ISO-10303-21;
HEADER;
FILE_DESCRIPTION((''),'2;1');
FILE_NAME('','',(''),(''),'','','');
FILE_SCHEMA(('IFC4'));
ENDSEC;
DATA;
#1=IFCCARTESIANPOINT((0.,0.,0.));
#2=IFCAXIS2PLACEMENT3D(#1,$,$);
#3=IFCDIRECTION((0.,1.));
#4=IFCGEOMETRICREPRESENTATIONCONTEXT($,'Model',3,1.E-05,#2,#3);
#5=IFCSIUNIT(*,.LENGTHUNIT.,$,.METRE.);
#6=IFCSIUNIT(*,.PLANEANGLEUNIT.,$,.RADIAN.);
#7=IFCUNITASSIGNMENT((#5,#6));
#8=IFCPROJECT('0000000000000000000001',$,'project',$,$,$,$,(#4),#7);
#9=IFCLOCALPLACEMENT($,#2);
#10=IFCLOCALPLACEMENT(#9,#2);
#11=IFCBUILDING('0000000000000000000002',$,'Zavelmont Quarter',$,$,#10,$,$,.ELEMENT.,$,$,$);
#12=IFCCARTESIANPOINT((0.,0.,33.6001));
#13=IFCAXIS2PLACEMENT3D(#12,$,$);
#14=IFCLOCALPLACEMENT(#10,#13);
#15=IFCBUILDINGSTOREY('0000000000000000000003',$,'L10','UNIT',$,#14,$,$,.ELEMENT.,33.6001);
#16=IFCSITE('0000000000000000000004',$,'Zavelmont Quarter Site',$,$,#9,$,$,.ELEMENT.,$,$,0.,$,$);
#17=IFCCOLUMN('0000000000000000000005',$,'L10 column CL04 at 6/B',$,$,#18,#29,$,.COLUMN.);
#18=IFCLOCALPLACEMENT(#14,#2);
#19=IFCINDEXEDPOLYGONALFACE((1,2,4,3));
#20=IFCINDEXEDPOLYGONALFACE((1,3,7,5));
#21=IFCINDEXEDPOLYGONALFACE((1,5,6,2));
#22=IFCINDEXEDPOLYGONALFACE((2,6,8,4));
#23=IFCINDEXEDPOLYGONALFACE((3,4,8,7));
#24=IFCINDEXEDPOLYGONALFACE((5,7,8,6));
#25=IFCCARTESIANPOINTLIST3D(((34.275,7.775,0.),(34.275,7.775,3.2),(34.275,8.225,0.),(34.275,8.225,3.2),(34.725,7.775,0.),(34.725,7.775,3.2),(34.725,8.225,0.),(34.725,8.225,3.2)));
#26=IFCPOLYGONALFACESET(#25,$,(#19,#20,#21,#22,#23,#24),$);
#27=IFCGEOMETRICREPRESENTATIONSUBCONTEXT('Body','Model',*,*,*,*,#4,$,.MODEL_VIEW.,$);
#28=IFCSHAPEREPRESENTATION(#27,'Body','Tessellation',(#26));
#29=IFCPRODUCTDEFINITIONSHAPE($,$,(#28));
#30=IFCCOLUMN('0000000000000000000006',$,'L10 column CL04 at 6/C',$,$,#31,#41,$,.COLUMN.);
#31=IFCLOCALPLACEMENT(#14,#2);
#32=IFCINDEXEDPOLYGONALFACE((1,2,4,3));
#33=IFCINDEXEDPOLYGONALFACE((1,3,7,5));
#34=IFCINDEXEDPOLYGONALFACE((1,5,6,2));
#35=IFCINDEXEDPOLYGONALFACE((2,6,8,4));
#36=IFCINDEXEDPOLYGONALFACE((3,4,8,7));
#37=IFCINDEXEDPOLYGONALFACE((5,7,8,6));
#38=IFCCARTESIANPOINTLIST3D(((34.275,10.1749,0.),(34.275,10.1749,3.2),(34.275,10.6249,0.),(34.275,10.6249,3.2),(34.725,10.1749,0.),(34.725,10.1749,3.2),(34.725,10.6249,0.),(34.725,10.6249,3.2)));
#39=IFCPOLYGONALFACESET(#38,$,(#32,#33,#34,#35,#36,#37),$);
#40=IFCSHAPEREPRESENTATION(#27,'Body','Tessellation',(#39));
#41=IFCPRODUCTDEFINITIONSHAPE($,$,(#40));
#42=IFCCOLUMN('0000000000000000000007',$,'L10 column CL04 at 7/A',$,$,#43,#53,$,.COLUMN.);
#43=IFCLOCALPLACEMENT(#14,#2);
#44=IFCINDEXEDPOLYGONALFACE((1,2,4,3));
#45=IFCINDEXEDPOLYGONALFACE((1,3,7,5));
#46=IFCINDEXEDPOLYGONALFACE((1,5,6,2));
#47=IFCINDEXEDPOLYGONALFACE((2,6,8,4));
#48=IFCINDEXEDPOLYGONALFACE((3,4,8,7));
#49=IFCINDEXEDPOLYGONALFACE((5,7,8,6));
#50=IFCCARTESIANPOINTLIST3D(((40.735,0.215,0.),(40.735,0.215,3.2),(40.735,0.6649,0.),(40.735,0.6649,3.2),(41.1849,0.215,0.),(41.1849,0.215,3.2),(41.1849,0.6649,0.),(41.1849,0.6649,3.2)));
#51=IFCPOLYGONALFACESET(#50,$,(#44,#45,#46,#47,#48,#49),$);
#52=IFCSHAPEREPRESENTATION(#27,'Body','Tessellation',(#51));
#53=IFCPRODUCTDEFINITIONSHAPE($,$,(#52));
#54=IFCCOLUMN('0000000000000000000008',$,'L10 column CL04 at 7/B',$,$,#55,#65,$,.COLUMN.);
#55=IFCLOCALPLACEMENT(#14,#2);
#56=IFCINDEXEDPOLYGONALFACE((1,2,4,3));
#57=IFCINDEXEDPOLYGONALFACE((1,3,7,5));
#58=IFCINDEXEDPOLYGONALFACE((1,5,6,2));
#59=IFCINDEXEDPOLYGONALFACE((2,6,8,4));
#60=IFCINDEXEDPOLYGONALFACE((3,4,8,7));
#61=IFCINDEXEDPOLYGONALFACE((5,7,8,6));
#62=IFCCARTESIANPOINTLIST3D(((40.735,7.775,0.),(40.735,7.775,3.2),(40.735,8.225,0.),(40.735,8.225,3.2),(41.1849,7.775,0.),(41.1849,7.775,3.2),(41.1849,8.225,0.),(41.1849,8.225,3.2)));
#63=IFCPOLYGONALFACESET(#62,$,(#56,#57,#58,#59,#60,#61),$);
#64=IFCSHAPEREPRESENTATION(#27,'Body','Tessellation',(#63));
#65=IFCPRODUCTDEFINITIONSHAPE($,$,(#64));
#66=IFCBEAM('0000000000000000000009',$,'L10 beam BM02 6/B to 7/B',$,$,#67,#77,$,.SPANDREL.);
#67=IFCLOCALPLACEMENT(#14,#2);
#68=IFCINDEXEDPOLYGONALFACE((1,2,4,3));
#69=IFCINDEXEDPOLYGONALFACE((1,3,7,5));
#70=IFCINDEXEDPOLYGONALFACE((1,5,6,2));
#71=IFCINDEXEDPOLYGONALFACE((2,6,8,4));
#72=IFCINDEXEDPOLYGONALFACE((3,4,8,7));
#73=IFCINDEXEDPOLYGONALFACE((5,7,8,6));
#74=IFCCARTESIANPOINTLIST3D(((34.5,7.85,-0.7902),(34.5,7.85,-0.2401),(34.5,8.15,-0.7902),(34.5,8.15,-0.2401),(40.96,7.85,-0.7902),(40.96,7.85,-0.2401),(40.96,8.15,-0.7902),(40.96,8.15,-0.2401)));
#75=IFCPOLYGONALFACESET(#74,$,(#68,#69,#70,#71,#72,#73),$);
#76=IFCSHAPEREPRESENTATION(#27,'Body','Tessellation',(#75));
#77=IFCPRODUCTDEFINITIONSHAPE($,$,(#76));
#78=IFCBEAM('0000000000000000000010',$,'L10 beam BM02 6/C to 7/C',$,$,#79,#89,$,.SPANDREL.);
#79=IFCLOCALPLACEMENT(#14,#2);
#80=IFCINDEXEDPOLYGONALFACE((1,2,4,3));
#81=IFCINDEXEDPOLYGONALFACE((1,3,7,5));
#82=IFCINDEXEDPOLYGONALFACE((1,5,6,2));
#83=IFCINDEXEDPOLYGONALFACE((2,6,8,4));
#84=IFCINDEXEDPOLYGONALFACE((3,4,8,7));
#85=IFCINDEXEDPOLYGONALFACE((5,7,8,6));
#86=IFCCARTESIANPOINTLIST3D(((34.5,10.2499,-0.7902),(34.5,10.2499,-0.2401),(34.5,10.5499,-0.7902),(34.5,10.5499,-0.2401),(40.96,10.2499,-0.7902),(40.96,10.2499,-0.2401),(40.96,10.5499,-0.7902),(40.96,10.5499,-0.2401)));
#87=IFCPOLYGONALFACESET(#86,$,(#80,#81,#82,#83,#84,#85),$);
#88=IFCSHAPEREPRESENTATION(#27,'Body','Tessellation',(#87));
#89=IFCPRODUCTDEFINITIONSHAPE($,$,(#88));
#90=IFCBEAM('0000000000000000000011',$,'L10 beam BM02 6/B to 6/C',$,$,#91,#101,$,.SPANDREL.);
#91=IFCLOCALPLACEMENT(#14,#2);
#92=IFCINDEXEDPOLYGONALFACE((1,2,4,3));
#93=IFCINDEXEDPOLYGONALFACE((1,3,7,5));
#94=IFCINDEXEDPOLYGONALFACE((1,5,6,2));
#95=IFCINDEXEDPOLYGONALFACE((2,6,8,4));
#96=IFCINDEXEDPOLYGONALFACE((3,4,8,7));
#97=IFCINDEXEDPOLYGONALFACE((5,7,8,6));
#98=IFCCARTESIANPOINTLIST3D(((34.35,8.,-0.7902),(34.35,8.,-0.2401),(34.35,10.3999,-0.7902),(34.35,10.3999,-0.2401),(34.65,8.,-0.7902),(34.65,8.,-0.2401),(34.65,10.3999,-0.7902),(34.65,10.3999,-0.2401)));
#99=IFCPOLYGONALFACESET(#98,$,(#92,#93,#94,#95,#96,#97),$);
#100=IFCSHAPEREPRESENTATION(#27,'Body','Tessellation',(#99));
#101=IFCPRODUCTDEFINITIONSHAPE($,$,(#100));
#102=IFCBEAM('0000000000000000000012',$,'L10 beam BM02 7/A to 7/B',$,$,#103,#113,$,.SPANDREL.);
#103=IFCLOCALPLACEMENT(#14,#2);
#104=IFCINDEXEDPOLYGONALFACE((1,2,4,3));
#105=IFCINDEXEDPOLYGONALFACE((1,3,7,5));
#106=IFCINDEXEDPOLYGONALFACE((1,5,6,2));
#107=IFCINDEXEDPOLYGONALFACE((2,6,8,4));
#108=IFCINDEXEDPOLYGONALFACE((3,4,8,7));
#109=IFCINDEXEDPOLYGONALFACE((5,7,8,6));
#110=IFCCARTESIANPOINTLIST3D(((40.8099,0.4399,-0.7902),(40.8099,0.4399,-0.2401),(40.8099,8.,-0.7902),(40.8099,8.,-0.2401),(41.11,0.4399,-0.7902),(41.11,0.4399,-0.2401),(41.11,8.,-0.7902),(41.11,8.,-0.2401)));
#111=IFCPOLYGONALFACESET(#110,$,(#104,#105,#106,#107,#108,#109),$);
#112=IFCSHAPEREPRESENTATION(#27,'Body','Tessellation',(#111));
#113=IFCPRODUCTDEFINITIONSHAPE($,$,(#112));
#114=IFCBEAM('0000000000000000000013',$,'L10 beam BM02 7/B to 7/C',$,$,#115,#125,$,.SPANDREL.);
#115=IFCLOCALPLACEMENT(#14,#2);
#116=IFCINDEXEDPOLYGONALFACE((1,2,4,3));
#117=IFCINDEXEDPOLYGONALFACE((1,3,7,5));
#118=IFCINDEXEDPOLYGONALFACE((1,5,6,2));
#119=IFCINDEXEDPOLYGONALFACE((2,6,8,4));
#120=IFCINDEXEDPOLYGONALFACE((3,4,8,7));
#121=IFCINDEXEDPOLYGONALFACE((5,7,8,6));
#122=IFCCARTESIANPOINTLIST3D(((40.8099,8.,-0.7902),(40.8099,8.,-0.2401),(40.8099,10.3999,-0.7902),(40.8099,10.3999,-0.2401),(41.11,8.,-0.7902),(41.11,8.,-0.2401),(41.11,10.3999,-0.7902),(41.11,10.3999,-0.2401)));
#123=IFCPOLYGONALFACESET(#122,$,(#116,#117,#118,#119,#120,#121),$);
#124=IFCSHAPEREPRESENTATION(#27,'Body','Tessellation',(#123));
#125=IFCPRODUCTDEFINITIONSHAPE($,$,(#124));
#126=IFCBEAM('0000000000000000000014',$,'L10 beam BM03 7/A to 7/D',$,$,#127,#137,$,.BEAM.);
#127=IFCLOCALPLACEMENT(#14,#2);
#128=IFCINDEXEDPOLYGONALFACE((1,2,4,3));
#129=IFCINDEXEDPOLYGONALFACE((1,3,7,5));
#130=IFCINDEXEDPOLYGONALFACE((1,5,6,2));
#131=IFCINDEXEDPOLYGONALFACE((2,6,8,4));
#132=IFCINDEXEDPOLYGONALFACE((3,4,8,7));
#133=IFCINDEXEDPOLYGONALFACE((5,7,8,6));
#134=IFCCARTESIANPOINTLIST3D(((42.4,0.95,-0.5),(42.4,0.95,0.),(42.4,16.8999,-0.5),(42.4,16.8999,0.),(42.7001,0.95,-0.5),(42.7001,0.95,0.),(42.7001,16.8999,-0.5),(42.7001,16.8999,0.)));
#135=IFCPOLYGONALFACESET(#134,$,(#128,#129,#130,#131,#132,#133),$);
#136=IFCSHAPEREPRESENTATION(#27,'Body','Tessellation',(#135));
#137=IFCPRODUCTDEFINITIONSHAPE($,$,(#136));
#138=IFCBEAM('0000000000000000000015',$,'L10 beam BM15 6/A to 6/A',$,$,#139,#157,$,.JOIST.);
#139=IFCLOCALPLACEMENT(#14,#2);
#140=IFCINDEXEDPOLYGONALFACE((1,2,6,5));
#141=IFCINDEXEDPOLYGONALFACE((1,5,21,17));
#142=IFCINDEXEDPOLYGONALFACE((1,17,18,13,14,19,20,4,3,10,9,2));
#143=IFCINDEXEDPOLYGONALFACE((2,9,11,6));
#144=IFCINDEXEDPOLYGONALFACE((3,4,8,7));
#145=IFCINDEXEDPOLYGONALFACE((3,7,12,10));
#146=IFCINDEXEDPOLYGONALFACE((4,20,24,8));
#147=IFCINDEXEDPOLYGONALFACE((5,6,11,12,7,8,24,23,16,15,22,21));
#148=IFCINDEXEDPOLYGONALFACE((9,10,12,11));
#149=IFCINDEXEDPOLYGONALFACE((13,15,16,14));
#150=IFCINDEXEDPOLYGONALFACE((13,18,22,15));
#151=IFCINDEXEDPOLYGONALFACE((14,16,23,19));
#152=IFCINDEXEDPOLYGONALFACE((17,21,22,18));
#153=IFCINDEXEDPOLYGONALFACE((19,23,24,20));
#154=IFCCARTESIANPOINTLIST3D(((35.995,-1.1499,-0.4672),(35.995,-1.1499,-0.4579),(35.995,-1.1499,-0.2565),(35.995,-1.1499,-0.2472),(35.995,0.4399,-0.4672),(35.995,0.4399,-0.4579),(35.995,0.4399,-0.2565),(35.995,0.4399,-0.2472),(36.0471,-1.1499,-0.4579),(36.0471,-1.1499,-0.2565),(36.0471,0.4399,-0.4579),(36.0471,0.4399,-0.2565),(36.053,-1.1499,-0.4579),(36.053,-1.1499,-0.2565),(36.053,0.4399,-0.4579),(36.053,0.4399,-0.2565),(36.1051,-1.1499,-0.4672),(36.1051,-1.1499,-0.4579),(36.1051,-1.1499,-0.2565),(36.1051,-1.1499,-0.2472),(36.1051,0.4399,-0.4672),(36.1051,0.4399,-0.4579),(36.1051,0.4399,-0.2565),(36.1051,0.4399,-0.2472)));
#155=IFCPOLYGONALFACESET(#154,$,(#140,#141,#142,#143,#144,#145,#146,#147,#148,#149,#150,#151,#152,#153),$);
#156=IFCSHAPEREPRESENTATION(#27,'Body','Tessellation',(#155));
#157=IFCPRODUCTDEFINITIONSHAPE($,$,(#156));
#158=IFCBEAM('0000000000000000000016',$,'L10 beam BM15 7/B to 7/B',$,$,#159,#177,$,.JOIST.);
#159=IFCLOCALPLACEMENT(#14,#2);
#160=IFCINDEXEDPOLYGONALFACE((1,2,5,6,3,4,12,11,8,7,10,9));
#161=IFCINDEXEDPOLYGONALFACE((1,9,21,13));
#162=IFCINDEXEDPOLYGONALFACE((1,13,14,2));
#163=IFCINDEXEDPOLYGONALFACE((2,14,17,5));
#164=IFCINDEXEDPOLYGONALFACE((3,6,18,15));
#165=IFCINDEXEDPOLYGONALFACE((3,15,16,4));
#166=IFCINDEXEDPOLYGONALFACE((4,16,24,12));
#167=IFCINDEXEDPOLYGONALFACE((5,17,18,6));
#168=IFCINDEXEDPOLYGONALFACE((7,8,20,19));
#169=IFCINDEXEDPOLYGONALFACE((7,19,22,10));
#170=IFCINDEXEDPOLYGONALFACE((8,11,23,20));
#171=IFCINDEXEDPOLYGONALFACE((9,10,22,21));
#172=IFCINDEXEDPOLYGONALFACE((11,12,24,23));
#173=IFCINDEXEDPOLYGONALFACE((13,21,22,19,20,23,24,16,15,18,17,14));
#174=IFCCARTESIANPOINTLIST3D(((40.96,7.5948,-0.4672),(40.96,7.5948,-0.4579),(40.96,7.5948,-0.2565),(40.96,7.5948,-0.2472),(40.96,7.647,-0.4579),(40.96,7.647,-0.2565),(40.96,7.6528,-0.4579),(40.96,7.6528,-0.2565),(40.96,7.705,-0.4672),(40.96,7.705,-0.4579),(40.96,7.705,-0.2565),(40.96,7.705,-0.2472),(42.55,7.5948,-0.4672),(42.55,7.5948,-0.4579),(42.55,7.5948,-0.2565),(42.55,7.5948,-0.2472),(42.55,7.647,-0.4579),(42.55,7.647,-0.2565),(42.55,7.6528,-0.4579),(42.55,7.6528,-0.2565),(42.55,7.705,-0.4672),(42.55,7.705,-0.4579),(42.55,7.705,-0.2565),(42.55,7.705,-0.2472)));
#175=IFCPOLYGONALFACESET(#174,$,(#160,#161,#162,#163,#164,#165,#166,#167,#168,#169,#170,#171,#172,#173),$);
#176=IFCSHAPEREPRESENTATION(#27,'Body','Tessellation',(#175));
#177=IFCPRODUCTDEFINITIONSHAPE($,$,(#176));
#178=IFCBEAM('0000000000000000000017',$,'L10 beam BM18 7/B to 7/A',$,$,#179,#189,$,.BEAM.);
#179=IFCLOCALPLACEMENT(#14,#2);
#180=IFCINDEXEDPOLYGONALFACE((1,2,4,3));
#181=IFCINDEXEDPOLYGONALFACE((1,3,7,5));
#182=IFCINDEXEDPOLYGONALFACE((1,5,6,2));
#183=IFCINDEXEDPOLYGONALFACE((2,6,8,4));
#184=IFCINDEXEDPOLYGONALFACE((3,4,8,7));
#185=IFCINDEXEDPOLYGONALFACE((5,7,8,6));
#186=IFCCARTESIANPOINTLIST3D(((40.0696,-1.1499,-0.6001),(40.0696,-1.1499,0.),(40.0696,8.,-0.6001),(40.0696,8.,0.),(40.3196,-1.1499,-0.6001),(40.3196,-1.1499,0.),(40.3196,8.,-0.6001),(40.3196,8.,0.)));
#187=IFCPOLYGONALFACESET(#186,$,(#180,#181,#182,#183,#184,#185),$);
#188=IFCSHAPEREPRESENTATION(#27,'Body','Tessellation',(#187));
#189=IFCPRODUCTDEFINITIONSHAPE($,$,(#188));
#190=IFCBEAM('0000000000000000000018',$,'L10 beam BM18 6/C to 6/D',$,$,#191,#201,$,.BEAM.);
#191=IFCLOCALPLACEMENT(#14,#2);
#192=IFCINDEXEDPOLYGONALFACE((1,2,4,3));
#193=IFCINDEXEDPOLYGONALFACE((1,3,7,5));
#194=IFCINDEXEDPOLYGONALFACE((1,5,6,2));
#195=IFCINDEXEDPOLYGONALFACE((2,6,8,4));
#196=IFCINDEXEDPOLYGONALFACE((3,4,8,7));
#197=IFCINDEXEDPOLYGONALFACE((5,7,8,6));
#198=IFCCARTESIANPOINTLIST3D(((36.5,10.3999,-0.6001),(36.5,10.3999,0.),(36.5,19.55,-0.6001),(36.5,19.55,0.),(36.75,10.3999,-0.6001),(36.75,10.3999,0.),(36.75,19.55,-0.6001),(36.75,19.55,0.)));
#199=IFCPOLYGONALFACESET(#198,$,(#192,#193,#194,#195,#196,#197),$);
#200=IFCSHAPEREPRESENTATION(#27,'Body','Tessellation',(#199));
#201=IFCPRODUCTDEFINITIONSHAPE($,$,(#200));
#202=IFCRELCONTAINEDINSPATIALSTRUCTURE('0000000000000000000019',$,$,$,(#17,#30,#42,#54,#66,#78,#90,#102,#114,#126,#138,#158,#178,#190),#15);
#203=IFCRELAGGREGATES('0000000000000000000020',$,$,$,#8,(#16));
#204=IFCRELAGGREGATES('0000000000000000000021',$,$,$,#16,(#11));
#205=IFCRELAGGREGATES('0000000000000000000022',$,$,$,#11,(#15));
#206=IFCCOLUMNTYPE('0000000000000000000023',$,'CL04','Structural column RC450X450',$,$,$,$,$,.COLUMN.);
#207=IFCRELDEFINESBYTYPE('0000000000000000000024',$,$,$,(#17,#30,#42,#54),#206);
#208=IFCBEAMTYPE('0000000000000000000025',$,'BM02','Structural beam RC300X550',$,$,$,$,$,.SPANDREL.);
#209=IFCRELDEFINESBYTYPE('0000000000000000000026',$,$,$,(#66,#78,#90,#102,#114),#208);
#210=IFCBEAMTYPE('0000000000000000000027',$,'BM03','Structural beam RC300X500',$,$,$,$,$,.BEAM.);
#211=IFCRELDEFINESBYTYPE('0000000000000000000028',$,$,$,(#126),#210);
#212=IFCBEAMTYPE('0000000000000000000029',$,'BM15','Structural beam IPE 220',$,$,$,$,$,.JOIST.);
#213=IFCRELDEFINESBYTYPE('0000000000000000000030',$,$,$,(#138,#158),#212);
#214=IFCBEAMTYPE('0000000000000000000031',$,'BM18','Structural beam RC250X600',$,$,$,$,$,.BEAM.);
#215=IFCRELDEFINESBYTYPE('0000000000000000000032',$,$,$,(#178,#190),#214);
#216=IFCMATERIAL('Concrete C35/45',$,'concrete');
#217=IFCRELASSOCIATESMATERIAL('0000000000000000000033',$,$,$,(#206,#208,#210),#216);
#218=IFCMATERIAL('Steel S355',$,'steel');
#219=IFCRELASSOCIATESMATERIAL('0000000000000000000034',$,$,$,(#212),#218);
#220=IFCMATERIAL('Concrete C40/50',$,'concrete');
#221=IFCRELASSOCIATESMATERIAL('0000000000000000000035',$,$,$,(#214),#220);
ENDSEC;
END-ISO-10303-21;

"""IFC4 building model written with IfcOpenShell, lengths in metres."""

from ifc_helpers import new_model, si_unit, direction, frame, origin, origin_2d, place, context, subcontext, project, spatial, rectangle, i_section, extrude, material, material_profile, profile_set, type_object, element, save


model = new_model("IFC4")

# Units and contexts
model_context = context("Model", 3, precision=1e-05, world=origin(), true_north=direction((0.0, 1.0)))
body_context = subcontext(model_context, "Body", "Model", "MODEL_VIEW")
ifc_project = project(units=[si_unit("LENGTHUNIT", "METRE"), si_unit("PLANEANGLEUNIT", "RADIAN")], contexts=[model_context])

# Site, building, storey
site_placement = place(None, origin())
site = spatial("IfcSite", under=ifc_project, at=site_placement, Name="Zavelmont Quarter Site", CompositionType="ELEMENT", RefElevation=0.0)
building_placement = place(site_placement, origin())
building = spatial("IfcBuilding", under=site, at=building_placement, Name="Zavelmont Quarter", CompositionType="ELEMENT")
storey_placement = place(building_placement, frame((0.0, 0.0, 33.6001)))
storey = spatial("IfcBuildingStorey", under=building, at=storey_placement, Name="L10", Description="UNIT", CompositionType="ELEMENT", Elevation=33.6001)

# Columns
ifc_material_1 = material(Name="Concrete C35/45", Category="concrete")
ifc_material_profile_1 = material_profile(ifc_material_1, rectangle(XDim=0.45, YDim=0.45, at=origin_2d()), Name="RC450X450")
ifc_profile_set_1 = profile_set([ifc_material_profile_1], Name="Concrete C35/45")
column_type = type_object("IfcColumnType", Name="CL04", Description="Structural column RC450X450", PredefinedType="COLUMN", material=ifc_profile_set_1)
for number, where, z_axis, x_axis, name in (
    (1, (34.5, 8.0, 0.0), (0.0, 0.0, 1.0), (1.0, 0.0, 0.0), "L10 column CL04 at 6/B"),
    (2, (34.5, 10.3999, 0.0), (0.0, 0.0, 1.0), (1.0, 0.0, 0.0), "L10 column CL04 at 6/C"),
    (3, (40.96, 0.4399, 0.0), (0.0, 0.0, 1.0), (1.0, 0.0, 0.0), "L10 column CL04 at 7/A"),
    (4, (40.96, 8.0, 0.0), (0.0, 0.0, 1.0), (1.0, 0.0, 0.0), "L10 column CL04 at 7/B"),
):
    element("IfcColumn", number, at=place(storey_placement, frame(where, z_axis=z_axis, x_axis=x_axis)), inside=storey, type_object=column_type, Name=name, PredefinedType="COLUMN", context=body_context, shape_type="SweptSolid", body=[
        extrude(rectangle(XDim=0.45, YDim=0.45, at=origin_2d()), origin(), (0.0, 0.0, 1.0), 3.2),
    ])

# Beams
ifc_material_profile_2 = material_profile(ifc_material_1, rectangle(XDim=0.3, YDim=0.55, at=origin_2d()), Name="RC300X550")
ifc_profile_set_2 = profile_set([ifc_material_profile_2], Name="Concrete C35/45")
beam_type_1 = type_object("IfcBeamType", Name="BM02", Description="Structural beam RC300X550", PredefinedType="SPANDREL", material=ifc_profile_set_2)
for number, where, z_axis, x_axis, name in (
    (5, (34.5, 8.0, -0.5151), (1.0, 0.0, 0.0), (0.0, 1.0, 0.0), "L10 beam BM02 6/B to 7/B"),
    (6, (34.5, 10.3999, -0.5151), (1.0, 0.0, 0.0), (0.0, 1.0, 0.0), "L10 beam BM02 6/C to 7/C"),
):
    element("IfcBeam", number, at=place(storey_placement, frame(where, z_axis=z_axis, x_axis=x_axis)), inside=storey, type_object=beam_type_1, Name=name, PredefinedType="SPANDREL", context=body_context, shape_type="SweptSolid", body=[
        extrude(rectangle(XDim=0.3, YDim=0.55, at=origin_2d()), origin(), (0.0, 0.0, 1.0), 6.46),
    ])
beam_1_placement = place(storey_placement, frame((34.5, 8.0, -0.5151), z_axis=(0.0, 1.0, 0.0), x_axis=(-1.0, 0.0, 0.0)))
element("IfcBeam", 7, at=beam_1_placement, inside=storey, type_object=beam_type_1, Name="L10 beam BM02 6/B to 6/C", PredefinedType="SPANDREL", context=body_context, shape_type="SweptSolid", body=[
    extrude(rectangle(XDim=0.3, YDim=0.55, at=origin_2d()), origin(), (0.0, 0.0, 1.0), 2.3999),
])
beam_2_placement = place(storey_placement, frame((40.96, 0.4399, -0.5151), z_axis=(0.0, 1.0, 0.0), x_axis=(-1.0, 0.0, 0.0)))
element("IfcBeam", 8, at=beam_2_placement, inside=storey, type_object=beam_type_1, Name="L10 beam BM02 7/A to 7/B", PredefinedType="SPANDREL", context=body_context, shape_type="SweptSolid", body=[
    extrude(rectangle(XDim=0.3, YDim=0.55, at=origin_2d()), origin(), (0.0, 0.0, 1.0), 7.5601),
])
beam_3_placement = place(storey_placement, frame((40.96, 8.0, -0.5151), z_axis=(0.0, 1.0, 0.0), x_axis=(-1.0, 0.0, 0.0)))
element("IfcBeam", 9, at=beam_3_placement, inside=storey, type_object=beam_type_1, Name="L10 beam BM02 7/B to 7/C", PredefinedType="SPANDREL", context=body_context, shape_type="SweptSolid", body=[
    extrude(rectangle(XDim=0.3, YDim=0.55, at=origin_2d()), origin(), (0.0, 0.0, 1.0), 2.3999),
])
ifc_material_profile_3 = material_profile(ifc_material_1, rectangle(XDim=0.3, YDim=0.5, at=origin_2d()), Name="RC300X500")
ifc_profile_set_3 = profile_set([ifc_material_profile_3], Name="Concrete C35/45")
beam_type_2 = type_object("IfcBeamType", Name="BM03", Description="Structural beam RC300X500", PredefinedType="BEAM", material=ifc_profile_set_3)
beam_4_placement = place(storey_placement, frame((42.55, 0.95, -0.25), z_axis=(0.0, 1.0, 0.0), x_axis=(-1.0, 0.0, 0.0)))
element("IfcBeam", 10, at=beam_4_placement, inside=storey, type_object=beam_type_2, Name="L10 beam BM03 7/A to 7/D", PredefinedType="BEAM", context=body_context, shape_type="SweptSolid", body=[
    extrude(rectangle(XDim=0.3, YDim=0.5, at=origin_2d()), origin(), (0.0, 0.0, 1.0), 15.95),
])
ifc_material_2 = material(Name="Steel S355", Category="steel")
ifc_material_profile_4 = material_profile(ifc_material_2, i_section(OverallWidth=0.1101, OverallDepth=0.22, WebThickness=0.0059, FlangeThickness=0.0093, at=origin_2d()), Name="IPE 220")
ifc_profile_set_4 = profile_set([ifc_material_profile_4], Name="Steel S355")
beam_type_3 = type_object("IfcBeamType", Name="BM15", Description="Structural beam IPE 220", PredefinedType="JOIST", material=ifc_profile_set_4)
beam_5_placement = place(storey_placement, frame((36.05, 0.4399, -0.3572), z_axis=(0.0, -1.0, 0.0), x_axis=(1.0, 0.0, 0.0)))
element("IfcBeam", 11, at=beam_5_placement, inside=storey, type_object=beam_type_3, Name="L10 beam BM15 6/A to 6/A", PredefinedType="JOIST", context=body_context, shape_type="SweptSolid", body=[
    extrude(i_section(OverallWidth=0.1101, OverallDepth=0.22, WebThickness=0.0059, FlangeThickness=0.0093, at=origin_2d()), origin(), (0.0, 0.0, 1.0), 1.5898),
])
beam_6_placement = place(storey_placement, frame((40.96, 7.6499, -0.3572), z_axis=(1.0, 0.0, 0.0), x_axis=(0.0, 1.0, 0.0)))
element("IfcBeam", 12, at=beam_6_placement, inside=storey, type_object=beam_type_3, Name="L10 beam BM15 7/B to 7/B", PredefinedType="JOIST", context=body_context, shape_type="SweptSolid", body=[
    extrude(i_section(OverallWidth=0.1101, OverallDepth=0.22, WebThickness=0.0059, FlangeThickness=0.0093, at=origin_2d()), origin(), (0.0, 0.0, 1.0), 1.5901),
])
ifc_material_3 = material(Name="Concrete C40/50", Category="concrete")
ifc_material_profile_5 = material_profile(ifc_material_3, rectangle(XDim=0.25, YDim=0.6001, at=origin_2d()), Name="RC250X600")
ifc_profile_set_5 = profile_set([ifc_material_profile_5], Name="Concrete C40/50")
beam_type_4 = type_object("IfcBeamType", Name="BM18", Description="Structural beam RC250X600", PredefinedType="BEAM", material=ifc_profile_set_5)
beam_7_placement = place(storey_placement, frame((40.1946, 8.0, -0.3), z_axis=(0.0, -1.0, 0.0), x_axis=(1.0, 0.0, 0.0)))
element("IfcBeam", 13, at=beam_7_placement, inside=storey, type_object=beam_type_4, Name="L10 beam BM18 7/B to 7/A", PredefinedType="BEAM", context=body_context, shape_type="SweptSolid", body=[
    extrude(rectangle(XDim=0.25, YDim=0.6001, at=origin_2d()), origin(), (0.0, 0.0, 1.0), 9.1499),
])
beam_8_placement = place(storey_placement, frame((36.625, 10.3999, -0.3), z_axis=(0.0, 1.0, 0.0), x_axis=(-1.0, 0.0, 0.0)))
element("IfcBeam", 14, at=beam_8_placement, inside=storey, type_object=beam_type_4, Name="L10 beam BM18 6/C to 6/D", PredefinedType="BEAM", context=body_context, shape_type="SweptSolid", body=[
    extrude(rectangle(XDim=0.25, YDim=0.6001, at=origin_2d()), origin(), (0.0, 0.0, 1.0), 9.1501),
])

save(model, "model.ifc")
